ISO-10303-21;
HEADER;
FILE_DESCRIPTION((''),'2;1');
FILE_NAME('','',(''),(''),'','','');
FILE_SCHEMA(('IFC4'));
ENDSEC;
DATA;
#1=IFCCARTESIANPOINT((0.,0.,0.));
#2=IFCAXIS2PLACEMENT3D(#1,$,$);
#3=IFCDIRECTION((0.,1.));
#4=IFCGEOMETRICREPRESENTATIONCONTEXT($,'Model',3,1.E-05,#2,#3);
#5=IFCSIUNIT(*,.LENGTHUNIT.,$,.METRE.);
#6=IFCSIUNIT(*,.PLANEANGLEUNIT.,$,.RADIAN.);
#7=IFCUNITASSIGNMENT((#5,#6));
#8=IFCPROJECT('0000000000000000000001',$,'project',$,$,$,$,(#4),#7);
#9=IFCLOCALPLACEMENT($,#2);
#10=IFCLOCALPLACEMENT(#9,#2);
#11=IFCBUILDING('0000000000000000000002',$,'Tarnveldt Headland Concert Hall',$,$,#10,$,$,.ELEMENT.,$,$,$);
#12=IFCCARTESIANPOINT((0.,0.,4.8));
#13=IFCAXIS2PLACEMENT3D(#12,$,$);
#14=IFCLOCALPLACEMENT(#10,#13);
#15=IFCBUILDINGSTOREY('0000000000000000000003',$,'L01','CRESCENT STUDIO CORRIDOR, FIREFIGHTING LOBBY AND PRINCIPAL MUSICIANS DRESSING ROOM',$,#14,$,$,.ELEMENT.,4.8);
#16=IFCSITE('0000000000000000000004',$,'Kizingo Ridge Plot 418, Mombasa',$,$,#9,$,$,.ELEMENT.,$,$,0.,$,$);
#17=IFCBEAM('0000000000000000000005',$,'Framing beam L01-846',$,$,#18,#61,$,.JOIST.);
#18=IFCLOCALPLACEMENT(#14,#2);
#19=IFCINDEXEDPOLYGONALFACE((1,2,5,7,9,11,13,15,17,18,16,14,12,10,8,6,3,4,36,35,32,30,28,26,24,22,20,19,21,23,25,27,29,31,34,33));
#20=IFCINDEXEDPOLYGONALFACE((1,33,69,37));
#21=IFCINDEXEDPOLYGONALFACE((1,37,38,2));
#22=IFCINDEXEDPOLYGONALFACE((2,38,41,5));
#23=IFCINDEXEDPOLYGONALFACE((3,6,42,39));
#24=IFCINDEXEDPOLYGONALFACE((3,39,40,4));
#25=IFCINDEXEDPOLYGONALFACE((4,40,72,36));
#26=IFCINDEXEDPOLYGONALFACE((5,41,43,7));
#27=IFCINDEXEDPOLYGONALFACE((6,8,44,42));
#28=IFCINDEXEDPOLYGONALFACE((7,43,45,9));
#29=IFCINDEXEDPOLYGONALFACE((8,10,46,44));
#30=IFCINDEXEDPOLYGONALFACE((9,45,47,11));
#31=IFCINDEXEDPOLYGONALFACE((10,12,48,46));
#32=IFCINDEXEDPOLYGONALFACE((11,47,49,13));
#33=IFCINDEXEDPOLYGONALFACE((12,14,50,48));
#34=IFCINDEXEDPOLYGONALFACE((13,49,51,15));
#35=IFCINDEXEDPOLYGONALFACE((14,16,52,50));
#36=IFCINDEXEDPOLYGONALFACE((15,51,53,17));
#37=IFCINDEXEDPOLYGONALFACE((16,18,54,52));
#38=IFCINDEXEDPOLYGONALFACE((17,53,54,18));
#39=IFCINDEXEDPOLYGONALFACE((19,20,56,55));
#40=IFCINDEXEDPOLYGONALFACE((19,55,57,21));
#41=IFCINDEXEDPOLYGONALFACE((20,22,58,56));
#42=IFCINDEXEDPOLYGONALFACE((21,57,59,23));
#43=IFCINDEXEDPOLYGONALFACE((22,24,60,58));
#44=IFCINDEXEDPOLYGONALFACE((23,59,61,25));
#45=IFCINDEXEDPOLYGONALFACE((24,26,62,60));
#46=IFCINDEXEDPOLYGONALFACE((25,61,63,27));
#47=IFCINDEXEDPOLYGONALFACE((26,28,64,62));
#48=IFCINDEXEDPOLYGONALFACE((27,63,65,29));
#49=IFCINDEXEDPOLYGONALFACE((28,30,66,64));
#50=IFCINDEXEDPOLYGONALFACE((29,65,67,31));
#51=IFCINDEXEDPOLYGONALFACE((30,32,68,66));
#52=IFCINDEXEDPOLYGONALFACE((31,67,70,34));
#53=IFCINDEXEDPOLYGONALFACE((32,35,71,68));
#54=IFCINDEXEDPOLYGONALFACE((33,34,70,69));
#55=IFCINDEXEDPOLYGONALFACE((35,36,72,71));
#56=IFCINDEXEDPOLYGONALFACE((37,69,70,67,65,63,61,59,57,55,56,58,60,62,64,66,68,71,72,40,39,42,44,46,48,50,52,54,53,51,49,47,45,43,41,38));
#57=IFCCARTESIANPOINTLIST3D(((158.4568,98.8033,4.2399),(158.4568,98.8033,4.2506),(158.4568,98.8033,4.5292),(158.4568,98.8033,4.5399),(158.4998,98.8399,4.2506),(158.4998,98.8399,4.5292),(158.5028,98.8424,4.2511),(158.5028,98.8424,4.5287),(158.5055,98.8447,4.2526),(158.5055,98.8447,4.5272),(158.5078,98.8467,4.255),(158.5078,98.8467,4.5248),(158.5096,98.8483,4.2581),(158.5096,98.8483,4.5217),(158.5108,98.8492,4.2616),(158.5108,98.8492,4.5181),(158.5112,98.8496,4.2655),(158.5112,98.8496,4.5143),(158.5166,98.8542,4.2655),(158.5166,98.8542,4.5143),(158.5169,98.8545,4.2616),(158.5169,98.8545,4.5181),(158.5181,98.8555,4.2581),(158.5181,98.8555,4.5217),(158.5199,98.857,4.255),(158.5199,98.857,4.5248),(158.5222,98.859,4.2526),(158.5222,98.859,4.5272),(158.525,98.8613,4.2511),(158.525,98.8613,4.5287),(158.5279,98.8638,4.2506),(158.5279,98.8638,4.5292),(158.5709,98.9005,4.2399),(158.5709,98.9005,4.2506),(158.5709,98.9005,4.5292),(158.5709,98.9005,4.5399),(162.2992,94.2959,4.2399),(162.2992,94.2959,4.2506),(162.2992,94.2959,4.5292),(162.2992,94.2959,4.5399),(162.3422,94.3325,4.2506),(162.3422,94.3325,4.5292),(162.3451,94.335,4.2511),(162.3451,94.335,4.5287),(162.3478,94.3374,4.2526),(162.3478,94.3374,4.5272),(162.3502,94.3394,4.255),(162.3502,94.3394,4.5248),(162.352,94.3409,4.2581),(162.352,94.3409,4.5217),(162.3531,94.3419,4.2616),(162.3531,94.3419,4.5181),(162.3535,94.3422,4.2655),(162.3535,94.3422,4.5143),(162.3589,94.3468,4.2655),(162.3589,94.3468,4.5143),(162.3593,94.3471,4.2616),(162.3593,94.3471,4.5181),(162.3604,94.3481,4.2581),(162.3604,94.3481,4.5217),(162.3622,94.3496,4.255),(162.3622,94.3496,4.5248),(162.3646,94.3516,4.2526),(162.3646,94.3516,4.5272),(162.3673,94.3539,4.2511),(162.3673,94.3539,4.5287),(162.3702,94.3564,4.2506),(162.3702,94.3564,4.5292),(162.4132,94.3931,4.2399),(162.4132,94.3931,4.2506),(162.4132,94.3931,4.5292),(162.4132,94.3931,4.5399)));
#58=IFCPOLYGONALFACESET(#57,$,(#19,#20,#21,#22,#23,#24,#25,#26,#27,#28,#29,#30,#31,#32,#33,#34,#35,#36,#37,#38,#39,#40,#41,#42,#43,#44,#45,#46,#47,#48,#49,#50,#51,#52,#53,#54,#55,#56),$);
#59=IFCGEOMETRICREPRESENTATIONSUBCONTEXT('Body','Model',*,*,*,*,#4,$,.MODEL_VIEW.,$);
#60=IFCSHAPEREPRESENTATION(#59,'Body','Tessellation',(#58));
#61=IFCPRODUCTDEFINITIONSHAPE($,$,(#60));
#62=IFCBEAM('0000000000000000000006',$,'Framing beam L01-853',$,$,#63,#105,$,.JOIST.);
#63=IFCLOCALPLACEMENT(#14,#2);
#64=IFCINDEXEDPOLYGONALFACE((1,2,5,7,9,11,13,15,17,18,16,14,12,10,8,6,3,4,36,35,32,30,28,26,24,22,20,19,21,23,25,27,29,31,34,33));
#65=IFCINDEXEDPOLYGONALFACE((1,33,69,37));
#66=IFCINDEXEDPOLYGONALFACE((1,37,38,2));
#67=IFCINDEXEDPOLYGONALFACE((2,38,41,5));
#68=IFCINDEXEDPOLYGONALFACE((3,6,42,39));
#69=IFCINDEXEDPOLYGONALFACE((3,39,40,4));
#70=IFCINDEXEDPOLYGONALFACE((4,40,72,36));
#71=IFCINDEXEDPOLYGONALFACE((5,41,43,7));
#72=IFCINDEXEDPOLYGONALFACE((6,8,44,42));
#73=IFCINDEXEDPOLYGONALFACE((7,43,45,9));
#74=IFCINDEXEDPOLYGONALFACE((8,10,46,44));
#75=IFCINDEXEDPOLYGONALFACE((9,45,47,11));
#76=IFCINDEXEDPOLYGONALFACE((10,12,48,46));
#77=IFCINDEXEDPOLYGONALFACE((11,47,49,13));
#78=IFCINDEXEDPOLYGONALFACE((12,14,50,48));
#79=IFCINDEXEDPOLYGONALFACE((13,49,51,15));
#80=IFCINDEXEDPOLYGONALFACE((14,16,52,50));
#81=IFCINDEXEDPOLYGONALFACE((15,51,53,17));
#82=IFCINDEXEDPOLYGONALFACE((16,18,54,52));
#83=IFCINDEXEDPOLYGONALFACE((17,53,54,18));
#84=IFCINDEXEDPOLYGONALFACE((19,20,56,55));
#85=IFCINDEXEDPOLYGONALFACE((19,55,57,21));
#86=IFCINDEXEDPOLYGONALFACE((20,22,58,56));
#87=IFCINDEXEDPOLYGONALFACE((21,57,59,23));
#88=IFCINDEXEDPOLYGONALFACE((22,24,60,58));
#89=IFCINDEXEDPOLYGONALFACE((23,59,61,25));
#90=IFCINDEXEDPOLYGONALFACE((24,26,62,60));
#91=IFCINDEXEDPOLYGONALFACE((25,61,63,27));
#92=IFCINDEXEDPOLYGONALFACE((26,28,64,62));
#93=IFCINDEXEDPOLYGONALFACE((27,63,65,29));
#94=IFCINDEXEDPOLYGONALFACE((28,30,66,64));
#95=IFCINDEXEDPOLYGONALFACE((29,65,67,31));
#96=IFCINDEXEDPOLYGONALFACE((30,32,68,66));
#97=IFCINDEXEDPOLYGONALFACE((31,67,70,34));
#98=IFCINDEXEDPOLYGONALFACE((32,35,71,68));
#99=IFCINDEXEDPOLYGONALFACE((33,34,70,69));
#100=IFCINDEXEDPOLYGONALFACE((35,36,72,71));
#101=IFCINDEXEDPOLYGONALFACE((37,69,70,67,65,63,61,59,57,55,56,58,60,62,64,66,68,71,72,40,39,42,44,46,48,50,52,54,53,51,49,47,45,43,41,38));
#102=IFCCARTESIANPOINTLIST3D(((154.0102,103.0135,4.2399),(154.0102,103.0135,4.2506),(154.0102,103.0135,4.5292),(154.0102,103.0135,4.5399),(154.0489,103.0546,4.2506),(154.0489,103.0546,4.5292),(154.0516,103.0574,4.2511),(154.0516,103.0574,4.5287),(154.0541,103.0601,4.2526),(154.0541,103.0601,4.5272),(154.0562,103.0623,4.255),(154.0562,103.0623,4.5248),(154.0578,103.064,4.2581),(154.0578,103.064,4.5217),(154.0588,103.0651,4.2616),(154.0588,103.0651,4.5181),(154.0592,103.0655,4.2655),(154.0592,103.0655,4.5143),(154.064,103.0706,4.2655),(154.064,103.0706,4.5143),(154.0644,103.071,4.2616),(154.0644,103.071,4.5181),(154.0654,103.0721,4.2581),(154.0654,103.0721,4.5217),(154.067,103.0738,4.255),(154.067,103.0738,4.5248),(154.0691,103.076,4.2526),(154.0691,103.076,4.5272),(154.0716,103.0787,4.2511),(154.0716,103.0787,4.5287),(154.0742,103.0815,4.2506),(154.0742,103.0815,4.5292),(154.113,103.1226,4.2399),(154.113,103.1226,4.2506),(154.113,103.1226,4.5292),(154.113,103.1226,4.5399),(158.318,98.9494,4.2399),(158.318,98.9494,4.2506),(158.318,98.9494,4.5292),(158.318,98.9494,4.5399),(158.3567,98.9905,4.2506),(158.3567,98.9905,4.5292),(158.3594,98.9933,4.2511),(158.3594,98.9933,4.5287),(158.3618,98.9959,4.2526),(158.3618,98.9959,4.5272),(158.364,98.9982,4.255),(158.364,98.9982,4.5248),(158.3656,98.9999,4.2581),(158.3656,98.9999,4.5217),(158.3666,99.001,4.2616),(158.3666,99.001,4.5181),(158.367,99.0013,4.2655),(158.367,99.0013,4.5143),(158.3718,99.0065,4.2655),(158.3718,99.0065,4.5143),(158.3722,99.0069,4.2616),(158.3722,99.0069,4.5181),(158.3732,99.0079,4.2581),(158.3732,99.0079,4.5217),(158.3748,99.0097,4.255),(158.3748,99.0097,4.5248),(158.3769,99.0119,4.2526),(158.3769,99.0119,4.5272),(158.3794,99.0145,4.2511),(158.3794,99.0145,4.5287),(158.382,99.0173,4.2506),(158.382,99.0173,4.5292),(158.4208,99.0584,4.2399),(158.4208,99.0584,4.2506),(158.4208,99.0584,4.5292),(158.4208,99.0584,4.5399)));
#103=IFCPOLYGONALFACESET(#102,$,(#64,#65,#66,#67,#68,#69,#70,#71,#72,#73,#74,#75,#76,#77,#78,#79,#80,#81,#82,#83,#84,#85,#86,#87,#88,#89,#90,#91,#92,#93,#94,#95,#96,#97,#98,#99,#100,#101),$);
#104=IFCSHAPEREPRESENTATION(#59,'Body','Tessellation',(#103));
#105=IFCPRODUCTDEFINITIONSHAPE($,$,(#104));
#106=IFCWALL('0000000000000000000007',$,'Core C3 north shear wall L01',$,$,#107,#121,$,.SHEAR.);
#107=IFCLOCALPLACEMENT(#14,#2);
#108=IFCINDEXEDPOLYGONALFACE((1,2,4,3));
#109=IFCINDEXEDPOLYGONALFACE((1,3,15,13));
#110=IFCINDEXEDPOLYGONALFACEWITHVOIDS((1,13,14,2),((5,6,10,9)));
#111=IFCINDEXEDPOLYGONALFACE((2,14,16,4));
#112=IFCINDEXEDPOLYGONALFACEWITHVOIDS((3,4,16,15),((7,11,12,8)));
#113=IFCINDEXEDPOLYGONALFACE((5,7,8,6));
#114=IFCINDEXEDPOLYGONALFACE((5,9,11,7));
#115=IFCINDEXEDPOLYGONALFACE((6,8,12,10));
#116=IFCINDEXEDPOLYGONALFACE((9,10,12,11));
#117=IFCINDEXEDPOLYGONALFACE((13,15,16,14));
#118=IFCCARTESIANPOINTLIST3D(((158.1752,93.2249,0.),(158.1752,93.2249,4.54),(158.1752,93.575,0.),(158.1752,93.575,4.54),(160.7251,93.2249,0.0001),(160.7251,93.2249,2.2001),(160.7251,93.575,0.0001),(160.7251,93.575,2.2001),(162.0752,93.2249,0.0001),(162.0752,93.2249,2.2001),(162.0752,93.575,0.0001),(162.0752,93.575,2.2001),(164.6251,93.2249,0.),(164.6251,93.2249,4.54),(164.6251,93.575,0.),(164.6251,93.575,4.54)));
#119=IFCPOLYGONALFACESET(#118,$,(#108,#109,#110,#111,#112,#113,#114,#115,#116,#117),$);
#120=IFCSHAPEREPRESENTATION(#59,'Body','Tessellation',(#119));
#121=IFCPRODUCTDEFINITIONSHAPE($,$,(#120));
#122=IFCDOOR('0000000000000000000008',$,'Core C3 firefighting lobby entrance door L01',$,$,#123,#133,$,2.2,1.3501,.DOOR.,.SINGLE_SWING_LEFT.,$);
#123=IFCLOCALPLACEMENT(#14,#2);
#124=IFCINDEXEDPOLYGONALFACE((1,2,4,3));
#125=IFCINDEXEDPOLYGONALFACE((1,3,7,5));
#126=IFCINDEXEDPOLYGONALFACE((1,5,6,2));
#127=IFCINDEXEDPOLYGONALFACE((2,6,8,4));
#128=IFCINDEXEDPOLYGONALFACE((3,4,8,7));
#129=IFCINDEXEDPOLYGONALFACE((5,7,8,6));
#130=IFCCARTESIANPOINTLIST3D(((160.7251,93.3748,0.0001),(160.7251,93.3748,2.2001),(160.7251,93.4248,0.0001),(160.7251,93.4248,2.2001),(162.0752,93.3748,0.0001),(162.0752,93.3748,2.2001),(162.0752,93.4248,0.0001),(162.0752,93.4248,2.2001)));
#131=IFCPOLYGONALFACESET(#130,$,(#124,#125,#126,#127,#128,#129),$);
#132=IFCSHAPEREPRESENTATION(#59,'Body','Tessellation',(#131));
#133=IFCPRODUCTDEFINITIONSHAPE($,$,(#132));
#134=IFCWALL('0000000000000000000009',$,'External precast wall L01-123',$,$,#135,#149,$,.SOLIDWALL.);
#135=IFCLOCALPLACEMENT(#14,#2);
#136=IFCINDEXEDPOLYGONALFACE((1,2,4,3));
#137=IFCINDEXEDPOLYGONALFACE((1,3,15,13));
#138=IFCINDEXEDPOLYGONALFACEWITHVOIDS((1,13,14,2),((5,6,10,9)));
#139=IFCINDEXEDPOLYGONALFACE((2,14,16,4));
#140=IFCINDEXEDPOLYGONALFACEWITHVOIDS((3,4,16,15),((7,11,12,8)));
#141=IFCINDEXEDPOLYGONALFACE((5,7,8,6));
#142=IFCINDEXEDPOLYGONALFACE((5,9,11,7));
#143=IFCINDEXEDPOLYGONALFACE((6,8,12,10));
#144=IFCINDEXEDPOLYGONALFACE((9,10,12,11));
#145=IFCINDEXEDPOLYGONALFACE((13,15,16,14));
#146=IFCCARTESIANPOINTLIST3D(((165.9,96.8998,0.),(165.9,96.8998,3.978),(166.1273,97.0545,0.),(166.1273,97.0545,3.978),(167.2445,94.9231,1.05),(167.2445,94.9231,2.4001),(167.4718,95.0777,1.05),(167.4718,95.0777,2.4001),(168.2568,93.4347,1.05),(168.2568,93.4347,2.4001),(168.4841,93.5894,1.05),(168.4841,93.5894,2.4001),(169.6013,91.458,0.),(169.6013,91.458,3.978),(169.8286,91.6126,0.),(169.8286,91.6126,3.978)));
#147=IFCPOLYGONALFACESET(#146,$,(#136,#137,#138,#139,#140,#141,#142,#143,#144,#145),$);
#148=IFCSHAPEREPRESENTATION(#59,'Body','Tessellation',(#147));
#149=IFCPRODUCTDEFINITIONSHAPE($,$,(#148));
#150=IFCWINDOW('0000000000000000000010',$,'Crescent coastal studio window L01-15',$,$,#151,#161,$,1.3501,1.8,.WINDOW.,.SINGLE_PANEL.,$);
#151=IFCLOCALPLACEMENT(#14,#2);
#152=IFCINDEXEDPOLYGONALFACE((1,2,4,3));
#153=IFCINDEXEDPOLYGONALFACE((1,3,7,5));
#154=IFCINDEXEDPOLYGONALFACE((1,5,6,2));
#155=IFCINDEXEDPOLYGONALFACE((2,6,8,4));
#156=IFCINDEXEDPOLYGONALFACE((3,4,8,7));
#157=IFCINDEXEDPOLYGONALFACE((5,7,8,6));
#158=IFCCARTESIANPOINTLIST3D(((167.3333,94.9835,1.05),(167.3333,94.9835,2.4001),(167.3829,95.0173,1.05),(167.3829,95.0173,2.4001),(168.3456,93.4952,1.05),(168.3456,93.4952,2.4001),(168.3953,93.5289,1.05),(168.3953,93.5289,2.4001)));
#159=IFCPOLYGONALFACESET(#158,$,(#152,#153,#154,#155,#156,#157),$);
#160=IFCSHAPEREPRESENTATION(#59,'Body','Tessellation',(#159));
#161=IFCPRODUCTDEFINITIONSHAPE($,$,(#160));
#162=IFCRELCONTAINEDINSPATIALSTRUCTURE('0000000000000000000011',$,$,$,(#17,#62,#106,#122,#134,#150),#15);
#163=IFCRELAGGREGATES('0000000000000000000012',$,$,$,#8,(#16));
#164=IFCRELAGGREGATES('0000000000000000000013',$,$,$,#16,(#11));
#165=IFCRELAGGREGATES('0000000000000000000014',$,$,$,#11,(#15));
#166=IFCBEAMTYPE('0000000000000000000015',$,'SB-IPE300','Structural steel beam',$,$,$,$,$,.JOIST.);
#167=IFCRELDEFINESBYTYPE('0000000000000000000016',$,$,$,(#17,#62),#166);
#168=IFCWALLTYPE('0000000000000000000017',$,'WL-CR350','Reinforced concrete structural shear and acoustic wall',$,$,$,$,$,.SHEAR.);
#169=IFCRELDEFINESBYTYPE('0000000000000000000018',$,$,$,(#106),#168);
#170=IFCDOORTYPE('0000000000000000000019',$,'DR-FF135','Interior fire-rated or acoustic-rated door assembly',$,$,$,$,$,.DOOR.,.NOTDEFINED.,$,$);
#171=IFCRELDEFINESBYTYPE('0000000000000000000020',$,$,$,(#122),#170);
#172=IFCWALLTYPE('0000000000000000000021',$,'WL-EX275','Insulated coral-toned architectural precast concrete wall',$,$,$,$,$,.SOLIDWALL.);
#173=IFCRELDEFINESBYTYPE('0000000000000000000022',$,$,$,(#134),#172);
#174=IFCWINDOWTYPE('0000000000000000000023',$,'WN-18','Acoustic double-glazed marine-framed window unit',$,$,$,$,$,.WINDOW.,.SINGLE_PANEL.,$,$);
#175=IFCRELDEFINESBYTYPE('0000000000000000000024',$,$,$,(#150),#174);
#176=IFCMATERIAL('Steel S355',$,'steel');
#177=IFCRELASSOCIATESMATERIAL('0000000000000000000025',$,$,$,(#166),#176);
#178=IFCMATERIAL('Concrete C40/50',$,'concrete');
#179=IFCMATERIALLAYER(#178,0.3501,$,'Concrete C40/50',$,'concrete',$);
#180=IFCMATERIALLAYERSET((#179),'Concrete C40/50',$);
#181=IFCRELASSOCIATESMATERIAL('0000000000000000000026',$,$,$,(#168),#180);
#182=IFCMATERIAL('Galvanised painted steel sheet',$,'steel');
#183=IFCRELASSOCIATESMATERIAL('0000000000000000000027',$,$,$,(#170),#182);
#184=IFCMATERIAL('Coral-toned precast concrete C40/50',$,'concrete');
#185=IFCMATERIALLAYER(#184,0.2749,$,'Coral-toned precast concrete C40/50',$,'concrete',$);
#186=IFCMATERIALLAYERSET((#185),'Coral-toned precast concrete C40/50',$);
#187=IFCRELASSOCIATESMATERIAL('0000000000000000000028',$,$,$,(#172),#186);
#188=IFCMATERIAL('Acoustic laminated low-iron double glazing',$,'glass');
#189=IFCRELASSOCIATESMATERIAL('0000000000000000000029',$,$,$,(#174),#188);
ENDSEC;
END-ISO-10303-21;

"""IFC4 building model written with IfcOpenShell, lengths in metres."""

from ifc_helpers import new_model, si_unit, direction, frame, frame_2d, origin, origin_2d, place, context, subcontext, project, spatial, rectangle, i_section, extrude, material, layer, layer_set, material_profile, profile_set, type_object, element, fill, save


model = new_model("IFC4")

# Units and contexts
model_context = context("Model", 3, precision=1e-05, world=origin(), true_north=direction((0.0, 1.0)))
body_context = subcontext(model_context, "Body", "Model", "MODEL_VIEW")
ifc_project = project(units=[si_unit("LENGTHUNIT", "METRE"), si_unit("PLANEANGLEUNIT", "RADIAN")], contexts=[model_context])

# Site, building, storey
site_placement = place(None, origin())
site = spatial("IfcSite", under=ifc_project, at=site_placement, Name="Kizingo Ridge Plot 418, Mombasa", CompositionType="ELEMENT", RefElevation=0.0)
building_placement = place(site_placement, origin())
building = spatial("IfcBuilding", under=site, at=building_placement, Name="Tarnveldt Headland Concert Hall", CompositionType="ELEMENT")
storey_placement = place(building_placement, frame((0.0, 0.0, 4.8)))
storey = spatial("IfcBuildingStorey", under=building, at=storey_placement, Name="L01", Description="CRESCENT STUDIO CORRIDOR, FIREFIGHTING LOBBY AND PRINCIPAL MUSICIANS DRESSING ROOM", CompositionType="ELEMENT", Elevation=4.8)

# Shared definitions
ifc_material_1 = material(Name="Concrete C40/50", Category="concrete")

# Beams
ifc_material_2 = material(Name="Steel S355", Category="steel")
ifc_material_profile_1 = material_profile(ifc_material_2, i_section(OverallWidth=0.1499, OverallDepth=0.3, WebThickness=0.0071, FlangeThickness=0.0107, FilletRadius=0.0149, at=origin_2d()), Name="IPE300", Category="steel")
ifc_profile_set_1 = profile_set([ifc_material_profile_1], Name="Steel S355")
beam_type_1 = type_object("IfcBeamType", Name="SB-IPE300", Description="Structural steel beam", PredefinedType="JOIST", material=ifc_profile_set_1)
beam_1_placement = place(storey_placement, frame((162.3562, 94.3445, 4.3899), z_axis=(-0.648732, 0.761017, 0.0), x_axis=(-0.761017, -0.648732, 0.0)))
element("IfcBeam", 1, at=beam_1_placement, inside=storey, type_object=beam_type_1, Name="Framing beam L01-846", PredefinedType="JOIST", context=body_context, shape_type="SweptSolid", body=[
    extrude(i_section(OverallWidth=0.1499, OverallDepth=0.3, WebThickness=0.0071, FlangeThickness=0.0107, FilletRadius=0.0149, at=origin_2d()), origin(), (0.0, 0.0, 1.0), 5.9229),
])
beam_2_placement = place(storey_placement, frame((158.3694, 99.0039, 4.3899), z_axis=(-0.727378, 0.686237, 0.0), x_axis=(-0.686237, -0.727378, 0.0)))
element("IfcBeam", 2, at=beam_2_placement, inside=storey, type_object=beam_type_1, Name="Framing beam L01-853", PredefinedType="JOIST", context=body_context, shape_type="SweptSolid", body=[
    extrude(i_section(OverallWidth=0.1499, OverallDepth=0.3, WebThickness=0.0071, FlangeThickness=0.0107, FilletRadius=0.0149, at=origin_2d()), origin(), (0.0, 0.0, 1.0), 5.9224),
])

# Wall, opening, door
ifc_layer_1 = layer(ifc_material_1, 0.3501, Name="Concrete C40/50", Category="concrete")
ifc_layer_set_1 = layer_set([ifc_layer_1], Name="Concrete C40/50")
wall_type_1 = type_object("IfcWallType", Name="WL-CR350", Description="Reinforced concrete structural shear and acoustic wall", PredefinedType="SHEAR", material=ifc_layer_set_1)
wall_1_placement = place(storey_placement, frame((158.175, 93.3999, 0.0), z_axis=(0.0, 0.0, 1.0), x_axis=(1.0, 0.0, 0.0)))
wall_1 = element("IfcWall", 3, at=wall_1_placement, inside=storey, type_object=wall_type_1, Name="Core C3 north shear wall L01", PredefinedType="SHEAR", context=body_context, shape_type="SweptSolid", body=[
    extrude(rectangle(XDim=6.45, YDim=0.3501, at=frame_2d((3.2251, 0.0))), origin(), (0.0, 0.0, 1.0), 4.54),
])
opening_1_placement = place(wall_1_placement, frame((2.55, 0.0, 0.0)))
opening_1 = element("IfcOpeningElement", 4, at=opening_1_placement, cuts=wall_1, PredefinedType="OPENING", context=body_context, shape_type="SweptSolid", body=[
    extrude(rectangle(XDim=1.3501, YDim=2.2, at=frame_2d((0.675, 1.1001))), frame((0.0, 0.1851, 0.0), z_axis=(0.0, -1.0, 0.0), x_axis=(1.0, 0.0, 0.0)), (0.0, 0.0, 1.0), 0.3701),
])
ifc_material_3 = material(Name="Galvanised painted steel sheet", Category="steel")
door_type = type_object("IfcDoorType", Name="DR-FF135", Description="Interior fire-rated or acoustic-rated door assembly", OperationType="NOTDEFINED", PredefinedType="DOOR", material=ifc_material_3)
door_placement = place(opening_1_placement, origin())
door = element("IfcDoor", 5, at=door_placement, inside=storey, type_object=door_type, Name="Core C3 firefighting lobby entrance door L01", OperationType="SINGLE_SWING_LEFT", OverallHeight=2.2, OverallWidth=1.3501, PredefinedType="DOOR", context=body_context, shape_type="SweptSolid", body=[
    extrude(rectangle(XDim=1.3501, YDim=2.2, at=frame_2d((0.675, 1.1001))), frame((0.0, 0.0249, 0.0), z_axis=(0.0, -1.0, 0.0), x_axis=(1.0, 0.0, 0.0)), (0.0, 0.0, 1.0), 0.05),
])
fill(opening_1, door)

# Wall, opening, window
ifc_material_4 = material(Name="Coral-toned precast concrete C40/50", Category="concrete")
ifc_layer_2 = layer(ifc_material_4, 0.2749, Name="Coral-toned precast concrete C40/50", Category="concrete")
ifc_layer_set_2 = layer_set([ifc_layer_2], Name="Coral-toned precast concrete C40/50")
wall_type_2 = type_object("IfcWallType", Name="WL-EX275", Description="Insulated coral-toned architectural precast concrete wall", PredefinedType="SOLIDWALL", material=ifc_layer_set_2)
wall_2_placement = place(storey_placement, frame((166.0137, 96.9771, 0.0), z_axis=(0.0, 0.0, 1.0), x_axis=(0.562406, -0.826861, 0.0)))
wall_2 = element("IfcWall", 6, at=wall_2_placement, inside=storey, type_object=wall_type_2, Name="External precast wall L01-123", PredefinedType="SOLIDWALL", context=body_context, shape_type="SweptSolid", body=[
    extrude(rectangle(XDim=6.5813, YDim=0.2749, at=frame_2d((3.2905, 0.0))), origin(), (0.0, 0.0, 1.0), 3.978),
])
opening_2_placement = place(wall_2_placement, frame((2.3906, 0.0, 1.05)))
opening_2 = element("IfcOpeningElement", 7, at=opening_2_placement, cuts=wall_2, PredefinedType="OPENING", context=body_context, shape_type="SweptSolid", body=[
    extrude(rectangle(XDim=1.8, YDim=1.3501, at=frame_2d((0.8999, 0.675))), frame((0.0, 0.1475, 0.0), z_axis=(0.0, -1.0, 0.0), x_axis=(1.0, 0.0, 0.0)), (0.0, 0.0, 1.0), 0.2949),
])
ifc_material_5 = material(Name="Acoustic laminated low-iron double glazing", Category="glass")
window_type_1 = type_object("IfcWindowType", Name="WN-18", Description="Acoustic double-glazed marine-framed window unit", PartitioningType="SINGLE_PANEL", PredefinedType="WINDOW", material=ifc_material_5)
window_1_placement = place(opening_2_placement, origin())
window_1 = element("IfcWindow", 8, at=window_1_placement, inside=storey, type_object=window_type_1, Name="Crescent coastal studio window L01-15", OverallHeight=1.3501, OverallWidth=1.8, PartitioningType="SINGLE_PANEL", PredefinedType="WINDOW", context=body_context, shape_type="SweptSolid", body=[
    extrude(rectangle(XDim=1.8, YDim=1.3501, at=frame_2d((0.8999, 0.675))), frame((0.0, 0.03, 0.0), z_axis=(0.0, -1.0, 0.0), x_axis=(1.0, 0.0, 0.0)), (0.0, 0.0, 1.0), 0.0601),
])
fill(opening_2, window_1)

save(model, "model.ifc")
